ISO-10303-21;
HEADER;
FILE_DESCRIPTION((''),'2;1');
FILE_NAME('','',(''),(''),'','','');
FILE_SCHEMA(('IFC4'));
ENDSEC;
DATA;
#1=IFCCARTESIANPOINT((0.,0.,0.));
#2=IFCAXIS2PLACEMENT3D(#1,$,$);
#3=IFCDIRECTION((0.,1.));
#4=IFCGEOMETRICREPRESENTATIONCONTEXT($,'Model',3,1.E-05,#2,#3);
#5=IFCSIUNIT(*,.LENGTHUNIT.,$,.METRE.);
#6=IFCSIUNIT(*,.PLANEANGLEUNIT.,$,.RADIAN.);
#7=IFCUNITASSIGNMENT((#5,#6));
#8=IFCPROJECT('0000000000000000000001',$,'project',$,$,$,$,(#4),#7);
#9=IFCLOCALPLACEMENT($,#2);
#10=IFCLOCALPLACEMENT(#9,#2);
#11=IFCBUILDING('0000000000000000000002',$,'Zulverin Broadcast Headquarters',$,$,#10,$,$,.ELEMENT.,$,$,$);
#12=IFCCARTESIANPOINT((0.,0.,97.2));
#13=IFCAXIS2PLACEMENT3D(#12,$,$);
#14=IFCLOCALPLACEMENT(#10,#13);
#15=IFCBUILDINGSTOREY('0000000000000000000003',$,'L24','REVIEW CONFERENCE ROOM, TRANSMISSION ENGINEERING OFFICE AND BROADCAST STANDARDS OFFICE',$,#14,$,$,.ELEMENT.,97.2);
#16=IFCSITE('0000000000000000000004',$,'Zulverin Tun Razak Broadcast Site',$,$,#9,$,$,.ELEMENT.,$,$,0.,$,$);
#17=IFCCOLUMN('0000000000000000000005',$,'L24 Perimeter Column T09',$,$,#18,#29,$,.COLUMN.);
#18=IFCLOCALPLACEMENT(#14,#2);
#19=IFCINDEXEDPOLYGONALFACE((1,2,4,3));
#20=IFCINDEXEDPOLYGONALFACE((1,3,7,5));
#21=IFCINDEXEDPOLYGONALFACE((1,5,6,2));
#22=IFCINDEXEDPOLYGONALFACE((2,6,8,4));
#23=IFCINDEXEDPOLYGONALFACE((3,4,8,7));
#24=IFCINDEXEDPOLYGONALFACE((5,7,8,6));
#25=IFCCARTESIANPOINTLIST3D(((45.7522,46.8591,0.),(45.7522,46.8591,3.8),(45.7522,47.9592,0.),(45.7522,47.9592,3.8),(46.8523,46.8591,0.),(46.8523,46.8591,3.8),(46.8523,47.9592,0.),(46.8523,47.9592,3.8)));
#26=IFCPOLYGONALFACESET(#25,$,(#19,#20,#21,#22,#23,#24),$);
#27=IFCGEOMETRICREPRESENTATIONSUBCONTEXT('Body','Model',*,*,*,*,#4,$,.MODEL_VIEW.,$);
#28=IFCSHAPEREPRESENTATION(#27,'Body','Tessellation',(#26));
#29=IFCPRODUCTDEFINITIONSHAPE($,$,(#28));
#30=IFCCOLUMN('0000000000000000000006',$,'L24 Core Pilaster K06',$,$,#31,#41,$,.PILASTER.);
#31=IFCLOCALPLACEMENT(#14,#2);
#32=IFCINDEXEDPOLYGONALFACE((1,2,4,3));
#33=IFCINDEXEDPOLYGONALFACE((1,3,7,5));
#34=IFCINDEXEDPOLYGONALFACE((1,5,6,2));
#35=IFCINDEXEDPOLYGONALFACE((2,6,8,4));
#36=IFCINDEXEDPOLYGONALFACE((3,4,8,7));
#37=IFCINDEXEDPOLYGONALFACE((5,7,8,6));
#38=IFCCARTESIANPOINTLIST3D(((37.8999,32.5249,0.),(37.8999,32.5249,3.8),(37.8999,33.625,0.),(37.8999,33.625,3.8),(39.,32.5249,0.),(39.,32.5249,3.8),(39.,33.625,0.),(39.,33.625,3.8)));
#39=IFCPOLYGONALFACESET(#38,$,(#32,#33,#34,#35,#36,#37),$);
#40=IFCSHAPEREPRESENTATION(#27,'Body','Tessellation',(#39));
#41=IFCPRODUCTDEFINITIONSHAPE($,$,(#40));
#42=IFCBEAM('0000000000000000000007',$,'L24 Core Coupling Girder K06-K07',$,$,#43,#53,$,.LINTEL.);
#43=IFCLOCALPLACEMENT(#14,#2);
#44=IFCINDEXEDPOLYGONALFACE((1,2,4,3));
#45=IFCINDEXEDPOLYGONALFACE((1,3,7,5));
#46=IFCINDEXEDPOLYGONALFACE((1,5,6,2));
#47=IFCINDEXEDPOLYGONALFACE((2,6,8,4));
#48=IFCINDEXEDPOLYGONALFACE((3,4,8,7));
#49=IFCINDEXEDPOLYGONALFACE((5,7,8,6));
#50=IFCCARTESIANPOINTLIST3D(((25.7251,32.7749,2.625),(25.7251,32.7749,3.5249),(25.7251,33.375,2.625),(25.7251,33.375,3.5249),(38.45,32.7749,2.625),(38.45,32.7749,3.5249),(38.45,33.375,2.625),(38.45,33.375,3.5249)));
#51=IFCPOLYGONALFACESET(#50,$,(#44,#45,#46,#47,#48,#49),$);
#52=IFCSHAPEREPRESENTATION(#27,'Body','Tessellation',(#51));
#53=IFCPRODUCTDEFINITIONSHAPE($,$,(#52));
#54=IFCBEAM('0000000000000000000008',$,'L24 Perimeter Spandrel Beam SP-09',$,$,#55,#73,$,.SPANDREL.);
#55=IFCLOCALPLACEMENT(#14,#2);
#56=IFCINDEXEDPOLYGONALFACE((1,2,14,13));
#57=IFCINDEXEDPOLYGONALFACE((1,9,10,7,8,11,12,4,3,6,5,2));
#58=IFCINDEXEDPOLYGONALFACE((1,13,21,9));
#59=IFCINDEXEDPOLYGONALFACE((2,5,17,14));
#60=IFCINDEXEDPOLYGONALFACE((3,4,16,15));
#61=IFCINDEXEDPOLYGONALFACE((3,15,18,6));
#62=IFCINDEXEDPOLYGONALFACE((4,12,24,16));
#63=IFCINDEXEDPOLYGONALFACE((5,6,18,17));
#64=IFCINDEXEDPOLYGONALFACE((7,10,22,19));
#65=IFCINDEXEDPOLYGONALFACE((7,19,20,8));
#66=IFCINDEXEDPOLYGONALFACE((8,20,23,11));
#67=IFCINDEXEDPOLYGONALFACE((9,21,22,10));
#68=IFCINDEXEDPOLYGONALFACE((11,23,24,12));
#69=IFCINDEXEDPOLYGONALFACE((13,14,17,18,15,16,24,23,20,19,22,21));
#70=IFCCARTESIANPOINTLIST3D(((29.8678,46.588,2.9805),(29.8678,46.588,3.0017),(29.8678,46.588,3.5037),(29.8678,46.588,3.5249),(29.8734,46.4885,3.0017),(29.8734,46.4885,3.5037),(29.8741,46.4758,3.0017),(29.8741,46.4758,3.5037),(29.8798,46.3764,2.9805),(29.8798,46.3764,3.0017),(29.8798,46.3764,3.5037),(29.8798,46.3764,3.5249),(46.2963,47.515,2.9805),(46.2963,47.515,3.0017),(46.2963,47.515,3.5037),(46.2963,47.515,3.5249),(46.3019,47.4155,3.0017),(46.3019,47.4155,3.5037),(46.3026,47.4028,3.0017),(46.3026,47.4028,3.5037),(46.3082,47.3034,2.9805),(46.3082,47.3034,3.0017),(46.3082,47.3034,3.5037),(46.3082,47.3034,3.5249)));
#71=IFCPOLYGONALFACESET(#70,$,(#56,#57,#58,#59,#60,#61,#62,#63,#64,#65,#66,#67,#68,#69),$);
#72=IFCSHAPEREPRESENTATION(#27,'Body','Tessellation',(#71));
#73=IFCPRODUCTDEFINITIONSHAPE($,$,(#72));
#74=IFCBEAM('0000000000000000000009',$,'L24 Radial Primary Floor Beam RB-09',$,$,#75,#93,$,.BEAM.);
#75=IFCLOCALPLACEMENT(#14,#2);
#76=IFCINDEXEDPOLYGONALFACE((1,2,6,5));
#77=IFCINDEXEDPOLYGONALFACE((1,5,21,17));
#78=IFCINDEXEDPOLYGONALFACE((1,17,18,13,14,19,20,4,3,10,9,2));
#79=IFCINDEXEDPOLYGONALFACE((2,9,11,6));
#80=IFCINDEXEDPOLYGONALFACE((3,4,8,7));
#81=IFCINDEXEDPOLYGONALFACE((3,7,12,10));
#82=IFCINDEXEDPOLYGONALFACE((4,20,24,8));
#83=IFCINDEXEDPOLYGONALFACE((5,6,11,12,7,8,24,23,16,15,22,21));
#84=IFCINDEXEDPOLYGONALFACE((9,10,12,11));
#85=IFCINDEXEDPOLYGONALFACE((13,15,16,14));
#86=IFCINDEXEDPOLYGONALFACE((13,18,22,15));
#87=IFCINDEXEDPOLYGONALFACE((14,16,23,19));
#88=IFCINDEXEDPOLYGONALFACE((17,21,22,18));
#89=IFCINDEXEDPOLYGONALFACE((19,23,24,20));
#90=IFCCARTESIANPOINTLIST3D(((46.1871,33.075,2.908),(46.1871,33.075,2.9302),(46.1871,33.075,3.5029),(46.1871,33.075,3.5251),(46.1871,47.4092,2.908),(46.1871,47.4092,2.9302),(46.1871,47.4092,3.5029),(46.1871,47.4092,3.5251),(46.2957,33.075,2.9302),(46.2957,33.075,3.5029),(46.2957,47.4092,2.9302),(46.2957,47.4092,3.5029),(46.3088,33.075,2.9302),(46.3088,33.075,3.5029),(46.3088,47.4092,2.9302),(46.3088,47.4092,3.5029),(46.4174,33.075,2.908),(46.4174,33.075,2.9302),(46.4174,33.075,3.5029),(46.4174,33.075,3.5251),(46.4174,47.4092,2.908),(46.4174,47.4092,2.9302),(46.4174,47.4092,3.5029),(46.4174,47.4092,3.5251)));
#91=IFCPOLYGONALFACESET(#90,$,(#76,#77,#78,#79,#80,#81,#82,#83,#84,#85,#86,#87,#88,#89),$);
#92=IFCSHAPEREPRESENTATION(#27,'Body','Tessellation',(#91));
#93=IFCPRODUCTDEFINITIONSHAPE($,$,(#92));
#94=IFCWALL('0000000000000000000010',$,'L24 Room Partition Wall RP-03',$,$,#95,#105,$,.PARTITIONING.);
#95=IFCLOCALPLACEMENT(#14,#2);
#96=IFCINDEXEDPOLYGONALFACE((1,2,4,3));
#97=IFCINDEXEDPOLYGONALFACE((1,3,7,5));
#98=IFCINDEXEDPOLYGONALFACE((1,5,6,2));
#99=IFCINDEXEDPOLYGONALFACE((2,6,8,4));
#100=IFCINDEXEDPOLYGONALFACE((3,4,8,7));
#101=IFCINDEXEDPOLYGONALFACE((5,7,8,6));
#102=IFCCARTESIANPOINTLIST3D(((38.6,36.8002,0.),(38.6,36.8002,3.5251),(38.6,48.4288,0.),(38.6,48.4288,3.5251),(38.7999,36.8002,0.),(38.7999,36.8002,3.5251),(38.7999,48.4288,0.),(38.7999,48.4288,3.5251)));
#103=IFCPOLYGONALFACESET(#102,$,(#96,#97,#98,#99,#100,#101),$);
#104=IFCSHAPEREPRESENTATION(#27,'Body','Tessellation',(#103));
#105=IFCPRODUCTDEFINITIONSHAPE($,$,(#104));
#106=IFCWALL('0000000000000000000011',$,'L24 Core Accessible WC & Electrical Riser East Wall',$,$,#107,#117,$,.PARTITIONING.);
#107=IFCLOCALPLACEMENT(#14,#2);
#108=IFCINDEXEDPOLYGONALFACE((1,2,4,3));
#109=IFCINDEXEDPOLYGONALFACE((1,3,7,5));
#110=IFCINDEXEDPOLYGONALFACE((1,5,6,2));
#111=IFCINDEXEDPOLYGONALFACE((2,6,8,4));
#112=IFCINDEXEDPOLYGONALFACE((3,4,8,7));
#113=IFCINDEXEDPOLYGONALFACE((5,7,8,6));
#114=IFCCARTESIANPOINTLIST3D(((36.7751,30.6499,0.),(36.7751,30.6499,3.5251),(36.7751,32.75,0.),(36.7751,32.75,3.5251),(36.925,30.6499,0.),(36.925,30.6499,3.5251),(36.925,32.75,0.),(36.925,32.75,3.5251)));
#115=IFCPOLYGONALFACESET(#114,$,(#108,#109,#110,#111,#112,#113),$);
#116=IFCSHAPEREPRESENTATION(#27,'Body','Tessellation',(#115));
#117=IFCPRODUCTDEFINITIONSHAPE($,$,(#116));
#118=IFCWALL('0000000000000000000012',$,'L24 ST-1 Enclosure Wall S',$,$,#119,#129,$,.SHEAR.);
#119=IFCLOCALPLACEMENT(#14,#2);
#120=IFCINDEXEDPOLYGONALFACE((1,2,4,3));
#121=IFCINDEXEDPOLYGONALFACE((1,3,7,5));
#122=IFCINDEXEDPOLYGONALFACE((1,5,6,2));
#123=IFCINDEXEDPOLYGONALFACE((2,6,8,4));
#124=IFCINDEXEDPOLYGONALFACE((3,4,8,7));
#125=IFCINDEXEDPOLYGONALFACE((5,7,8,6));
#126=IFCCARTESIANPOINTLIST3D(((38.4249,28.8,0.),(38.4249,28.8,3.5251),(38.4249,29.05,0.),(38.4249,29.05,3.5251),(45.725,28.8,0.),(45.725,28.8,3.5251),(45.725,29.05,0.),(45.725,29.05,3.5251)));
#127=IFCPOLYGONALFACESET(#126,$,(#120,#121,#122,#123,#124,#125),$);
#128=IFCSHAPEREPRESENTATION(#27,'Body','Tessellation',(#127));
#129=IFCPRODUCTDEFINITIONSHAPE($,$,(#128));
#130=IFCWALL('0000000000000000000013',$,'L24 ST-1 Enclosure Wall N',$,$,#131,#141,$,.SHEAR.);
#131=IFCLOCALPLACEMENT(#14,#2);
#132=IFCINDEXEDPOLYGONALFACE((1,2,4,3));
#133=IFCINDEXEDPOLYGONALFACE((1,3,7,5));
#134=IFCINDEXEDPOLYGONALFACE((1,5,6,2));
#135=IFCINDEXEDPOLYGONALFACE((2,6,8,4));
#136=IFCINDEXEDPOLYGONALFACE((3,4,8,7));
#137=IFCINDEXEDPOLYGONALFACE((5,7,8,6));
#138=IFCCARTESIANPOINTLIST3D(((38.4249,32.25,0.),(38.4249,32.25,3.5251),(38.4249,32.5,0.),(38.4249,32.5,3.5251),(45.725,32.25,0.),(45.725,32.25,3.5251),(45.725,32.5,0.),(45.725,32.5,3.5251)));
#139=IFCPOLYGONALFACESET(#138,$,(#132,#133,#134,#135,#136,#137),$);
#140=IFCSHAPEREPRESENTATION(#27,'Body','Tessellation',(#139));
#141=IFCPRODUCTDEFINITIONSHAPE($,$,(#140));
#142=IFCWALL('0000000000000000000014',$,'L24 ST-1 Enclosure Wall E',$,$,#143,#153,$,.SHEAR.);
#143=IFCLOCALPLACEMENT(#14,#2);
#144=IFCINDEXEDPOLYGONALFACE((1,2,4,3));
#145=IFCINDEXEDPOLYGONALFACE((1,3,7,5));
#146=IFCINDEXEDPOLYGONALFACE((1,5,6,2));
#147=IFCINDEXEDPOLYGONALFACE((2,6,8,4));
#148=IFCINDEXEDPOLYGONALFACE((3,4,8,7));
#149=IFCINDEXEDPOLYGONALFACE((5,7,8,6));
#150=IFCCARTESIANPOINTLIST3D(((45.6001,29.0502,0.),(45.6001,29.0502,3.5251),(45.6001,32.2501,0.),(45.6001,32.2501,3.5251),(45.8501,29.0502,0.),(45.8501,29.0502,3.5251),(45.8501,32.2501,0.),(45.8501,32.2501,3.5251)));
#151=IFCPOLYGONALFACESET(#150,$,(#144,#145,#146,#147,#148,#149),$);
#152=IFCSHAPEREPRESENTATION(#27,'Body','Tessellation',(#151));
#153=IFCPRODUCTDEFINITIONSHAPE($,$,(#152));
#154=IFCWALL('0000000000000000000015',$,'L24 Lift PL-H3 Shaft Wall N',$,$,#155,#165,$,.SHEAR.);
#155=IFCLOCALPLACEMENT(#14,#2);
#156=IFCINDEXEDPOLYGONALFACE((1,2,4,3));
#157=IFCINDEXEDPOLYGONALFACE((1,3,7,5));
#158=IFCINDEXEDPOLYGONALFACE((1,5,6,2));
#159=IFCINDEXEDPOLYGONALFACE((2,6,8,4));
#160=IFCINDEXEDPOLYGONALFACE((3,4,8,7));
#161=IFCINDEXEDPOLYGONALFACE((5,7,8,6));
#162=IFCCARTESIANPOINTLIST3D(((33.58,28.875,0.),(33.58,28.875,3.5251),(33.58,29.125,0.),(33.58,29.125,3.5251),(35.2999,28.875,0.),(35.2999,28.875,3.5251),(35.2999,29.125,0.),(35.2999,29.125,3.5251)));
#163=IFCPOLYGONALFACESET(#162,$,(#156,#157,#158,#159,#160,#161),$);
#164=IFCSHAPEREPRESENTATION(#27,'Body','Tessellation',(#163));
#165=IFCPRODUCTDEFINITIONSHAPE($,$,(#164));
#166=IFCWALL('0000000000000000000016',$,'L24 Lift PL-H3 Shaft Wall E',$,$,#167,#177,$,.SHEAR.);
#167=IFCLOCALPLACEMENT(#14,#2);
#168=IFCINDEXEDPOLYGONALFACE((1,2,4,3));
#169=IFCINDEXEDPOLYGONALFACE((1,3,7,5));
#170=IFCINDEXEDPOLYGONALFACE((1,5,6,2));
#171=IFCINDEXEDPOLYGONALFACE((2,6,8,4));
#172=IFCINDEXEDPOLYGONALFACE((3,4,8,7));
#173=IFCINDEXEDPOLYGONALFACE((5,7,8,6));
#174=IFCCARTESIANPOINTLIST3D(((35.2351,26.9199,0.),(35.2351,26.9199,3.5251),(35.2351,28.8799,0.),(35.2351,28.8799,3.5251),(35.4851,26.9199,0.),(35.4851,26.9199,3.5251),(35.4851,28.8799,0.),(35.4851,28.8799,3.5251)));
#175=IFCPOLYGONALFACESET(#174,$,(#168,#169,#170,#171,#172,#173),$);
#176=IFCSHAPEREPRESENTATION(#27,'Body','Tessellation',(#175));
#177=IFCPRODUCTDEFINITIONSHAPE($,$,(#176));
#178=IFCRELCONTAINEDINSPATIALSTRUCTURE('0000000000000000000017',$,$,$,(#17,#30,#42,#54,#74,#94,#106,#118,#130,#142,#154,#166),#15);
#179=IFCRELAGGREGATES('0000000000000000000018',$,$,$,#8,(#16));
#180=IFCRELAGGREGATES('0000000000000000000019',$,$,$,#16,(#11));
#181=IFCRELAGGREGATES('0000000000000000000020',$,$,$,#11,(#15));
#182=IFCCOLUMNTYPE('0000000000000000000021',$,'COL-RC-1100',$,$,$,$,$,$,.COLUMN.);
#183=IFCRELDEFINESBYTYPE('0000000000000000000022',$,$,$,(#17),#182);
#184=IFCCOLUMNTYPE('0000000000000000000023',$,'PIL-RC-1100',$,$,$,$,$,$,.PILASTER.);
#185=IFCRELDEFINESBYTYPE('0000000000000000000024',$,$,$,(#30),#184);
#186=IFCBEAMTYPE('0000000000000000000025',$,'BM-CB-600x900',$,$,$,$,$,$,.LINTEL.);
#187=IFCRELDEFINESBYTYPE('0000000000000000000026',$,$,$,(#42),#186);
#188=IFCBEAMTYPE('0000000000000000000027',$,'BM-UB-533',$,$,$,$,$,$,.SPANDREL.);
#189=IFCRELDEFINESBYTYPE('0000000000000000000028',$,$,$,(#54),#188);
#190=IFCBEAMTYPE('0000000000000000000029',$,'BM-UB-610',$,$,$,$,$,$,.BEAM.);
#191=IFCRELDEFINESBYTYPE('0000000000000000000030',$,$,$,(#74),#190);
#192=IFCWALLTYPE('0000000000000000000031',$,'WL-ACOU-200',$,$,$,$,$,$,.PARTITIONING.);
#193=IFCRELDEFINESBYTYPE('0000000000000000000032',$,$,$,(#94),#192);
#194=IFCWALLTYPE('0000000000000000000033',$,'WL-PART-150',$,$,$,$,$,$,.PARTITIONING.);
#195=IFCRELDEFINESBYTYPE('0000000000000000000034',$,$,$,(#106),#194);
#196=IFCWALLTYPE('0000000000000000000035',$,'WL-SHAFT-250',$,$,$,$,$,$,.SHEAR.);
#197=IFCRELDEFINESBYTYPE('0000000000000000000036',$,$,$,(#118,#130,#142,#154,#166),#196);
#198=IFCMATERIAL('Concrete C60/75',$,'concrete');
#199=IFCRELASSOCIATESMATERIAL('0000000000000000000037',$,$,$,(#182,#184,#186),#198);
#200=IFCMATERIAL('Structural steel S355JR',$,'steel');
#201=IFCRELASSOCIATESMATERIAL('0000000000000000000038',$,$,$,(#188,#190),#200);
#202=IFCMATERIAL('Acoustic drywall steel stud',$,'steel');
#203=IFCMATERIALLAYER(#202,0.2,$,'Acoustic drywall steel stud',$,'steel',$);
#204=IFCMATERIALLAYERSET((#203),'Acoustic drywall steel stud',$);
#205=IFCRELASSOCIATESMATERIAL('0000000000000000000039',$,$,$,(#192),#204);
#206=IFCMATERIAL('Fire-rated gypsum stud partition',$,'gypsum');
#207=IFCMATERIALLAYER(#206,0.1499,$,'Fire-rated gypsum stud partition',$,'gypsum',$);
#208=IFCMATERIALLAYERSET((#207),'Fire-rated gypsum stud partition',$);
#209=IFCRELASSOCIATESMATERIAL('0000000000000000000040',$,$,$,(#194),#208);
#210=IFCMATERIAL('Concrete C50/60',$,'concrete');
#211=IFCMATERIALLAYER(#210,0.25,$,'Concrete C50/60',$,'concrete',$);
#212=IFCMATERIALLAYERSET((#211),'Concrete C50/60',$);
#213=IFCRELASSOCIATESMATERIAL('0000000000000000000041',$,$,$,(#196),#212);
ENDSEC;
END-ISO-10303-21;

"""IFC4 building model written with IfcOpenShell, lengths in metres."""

from ifc_helpers import new_model, si_unit, direction, frame, frame_2d, origin, origin_2d, place, context, subcontext, project, spatial, rectangle, i_section, extrude, material, layer, layer_set, material_profile, profile_set, type_object, element, save


model = new_model("IFC4")

# Units and contexts
model_context = context("Model", 3, precision=1e-05, world=origin(), true_north=direction((0.0, 1.0)))
body_context = subcontext(model_context, "Body", "Model", "MODEL_VIEW")
ifc_project = project(units=[si_unit("LENGTHUNIT", "METRE"), si_unit("PLANEANGLEUNIT", "RADIAN")], contexts=[model_context])

# Site, building, storey
site_placement = place(None, origin())
site = spatial("IfcSite", under=ifc_project, at=site_placement, Name="Zulverin Tun Razak Broadcast Site", CompositionType="ELEMENT", RefElevation=0.0)
building_placement = place(site_placement, origin())
building = spatial("IfcBuilding", under=site, at=building_placement, Name="Zulverin Broadcast Headquarters", CompositionType="ELEMENT")
storey_placement = place(building_placement, frame((0.0, 0.0, 97.2)))
storey = spatial("IfcBuildingStorey", under=building, at=storey_placement, Name="L24", Description="REVIEW CONFERENCE ROOM, TRANSMISSION ENGINEERING OFFICE AND BROADCAST STANDARDS OFFICE", CompositionType="ELEMENT", Elevation=97.2)

# Columns
ifc_material_1 = material(Name="Concrete C60/75", Category="concrete")
ifc_material_profile_1 = material_profile(ifc_material_1, rectangle(XDim=1.1001, YDim=1.1001, at=origin_2d()), Name="Concrete C60/75", Category="concrete")
ifc_profile_set_1 = profile_set([ifc_material_profile_1], Name="Concrete C60/75")
column_type_1 = type_object("IfcColumnType", Name="COL-RC-1100", PredefinedType="COLUMN", material=ifc_profile_set_1)
column_1_placement = place(storey_placement, frame((46.3022, 47.4092, 0.0), z_axis=(0.0, 0.0, 1.0), x_axis=(1.0, 0.0, 0.0)))
element("IfcColumn", 1, at=column_1_placement, inside=storey, type_object=column_type_1, Name="L24 Perimeter Column T09", PredefinedType="COLUMN", context=body_context, shape_type="SweptSolid", body=[
    extrude(rectangle(XDim=1.1001, YDim=1.1001, at=origin_2d()), origin(), (0.0, 0.0, 1.0), 3.8),
])
ifc_material_profile_2 = material_profile(ifc_material_1, rectangle(XDim=1.1001, YDim=1.1001, at=origin_2d()), Name="Concrete C60/75", Category="concrete")
ifc_profile_set_2 = profile_set([ifc_material_profile_2], Name="Concrete C60/75")
column_type_2 = type_object("IfcColumnType", Name="PIL-RC-1100", PredefinedType="PILASTER", material=ifc_profile_set_2)
column_2_placement = place(storey_placement, frame((38.45, 33.075, 0.0), z_axis=(0.0, 0.0, 1.0), x_axis=(1.0, 0.0, 0.0)))
element("IfcColumn", 2, at=column_2_placement, inside=storey, type_object=column_type_2, Name="L24 Core Pilaster K06", PredefinedType="PILASTER", context=body_context, shape_type="SweptSolid", body=[
    extrude(rectangle(XDim=1.1001, YDim=1.1001, at=origin_2d()), origin(), (0.0, 0.0, 1.0), 3.8),
])

# Beams
ifc_material_profile_3 = material_profile(ifc_material_1, rectangle(XDim=0.6001, YDim=0.8999, at=origin_2d()), Name="Concrete C60/75", Category="concrete")
ifc_profile_set_3 = profile_set([ifc_material_profile_3], Name="Concrete C60/75")
beam_type_1 = type_object("IfcBeamType", Name="BM-CB-600x900", PredefinedType="LINTEL", material=ifc_profile_set_3)
beam_1_placement = place(storey_placement, frame((38.45, 33.075, 3.075), z_axis=(-1.0, 0.0, 0.0), x_axis=(0.0, -1.0, 0.0)))
element("IfcBeam", 3, at=beam_1_placement, inside=storey, type_object=beam_type_1, Name="L24 Core Coupling Girder K06-K07", PredefinedType="LINTEL", context=body_context, shape_type="SweptSolid", body=[
    extrude(rectangle(XDim=0.6001, YDim=0.8999, at=origin_2d()), origin(), (0.0, 0.0, 1.0), 12.7249),
])
ifc_material_2 = material(Name="Structural steel S355JR", Category="steel")
ifc_material_profile_4 = material_profile(ifc_material_2, i_section(OverallWidth=0.2119, OverallDepth=0.5444, WebThickness=0.0127, FlangeThickness=0.0212, at=origin_2d()), Name="Structural steel S355JR", Category="steel")
ifc_profile_set_4 = profile_set([ifc_material_profile_4], Name="Structural steel S355JR")
beam_type_2 = type_object("IfcBeamType", Name="BM-UB-533", PredefinedType="SPANDREL", material=ifc_profile_set_4)
beam_2_placement = place(storey_placement, frame((46.3022, 47.4092, 3.2527), z_axis=(-0.998412, -0.056337, 0.0), x_axis=(0.056337, -0.998412, 0.0)))
element("IfcBeam", 4, at=beam_2_placement, inside=storey, type_object=beam_type_2, Name="L24 Perimeter Spandrel Beam SP-09", PredefinedType="SPANDREL", context=body_context, shape_type="SweptSolid", body=[
    extrude(i_section(OverallWidth=0.2119, OverallDepth=0.5444, WebThickness=0.0127, FlangeThickness=0.0212, at=origin_2d()), origin(), (0.0, 0.0, 1.0), 16.4546),
])
ifc_material_profile_5 = material_profile(ifc_material_2, i_section(OverallWidth=0.2302, OverallDepth=0.6172, WebThickness=0.0132, FlangeThickness=0.0222, at=origin_2d()), Name="Structural steel S355JR", Category="steel")
ifc_profile_set_5 = profile_set([ifc_material_profile_5], Name="Structural steel S355JR")
beam_type_3 = type_object("IfcBeamType", Name="BM-UB-610", PredefinedType="BEAM", material=ifc_profile_set_5)
beam_3_placement = place(storey_placement, frame((46.3022, 33.075, 3.2166), z_axis=(0.0, 1.0, 0.0), x_axis=(-1.0, 0.0, 0.0)))
element("IfcBeam", 5, at=beam_3_placement, inside=storey, type_object=beam_type_3, Name="L24 Radial Primary Floor Beam RB-09", PredefinedType="BEAM", context=body_context, shape_type="SweptSolid", body=[
    extrude(i_section(OverallWidth=0.2302, OverallDepth=0.6172, WebThickness=0.0132, FlangeThickness=0.0222, at=origin_2d()), origin(), (0.0, 0.0, 1.0), 14.3342),
])

# Walls
ifc_material_3 = material(Name="Acoustic drywall steel stud", Category="steel")
ifc_layer_1 = layer(ifc_material_3, 0.2, Name="Acoustic drywall steel stud", Category="steel")
ifc_layer_set_1 = layer_set([ifc_layer_1], Name="Acoustic drywall steel stud")
wall_type_1 = type_object("IfcWallType", Name="WL-ACOU-200", PredefinedType="PARTITIONING", material=ifc_layer_set_1)
wall_1_placement = place(storey_placement, frame((38.7, 36.8, 0.0), z_axis=(0.0, 0.0, 1.0), x_axis=(0.0, 1.0, 0.0)))
element("IfcWall", 6, at=wall_1_placement, inside=storey, type_object=wall_type_1, Name="L24 Room Partition Wall RP-03", PredefinedType="PARTITIONING", context=body_context, shape_type="SweptSolid", body=[
    extrude(rectangle(XDim=11.6287, YDim=0.2, at=frame_2d((5.8145, 0.0))), origin(), (0.0, 0.0, 1.0), 3.5251),
])
ifc_material_4 = material(Name="Fire-rated gypsum stud partition", Category="gypsum")
ifc_layer_2 = layer(ifc_material_4, 0.1499, Name="Fire-rated gypsum stud partition", Category="gypsum")
ifc_layer_set_2 = layer_set([ifc_layer_2], Name="Fire-rated gypsum stud partition")
wall_type_2 = type_object("IfcWallType", Name="WL-PART-150", PredefinedType="PARTITIONING", material=ifc_layer_set_2)
wall_2_placement = place(storey_placement, frame((36.8501, 30.6499, 0.0), z_axis=(0.0, 0.0, 1.0), x_axis=(0.0, 1.0, 0.0)))
element("IfcWall", 7, at=wall_2_placement, inside=storey, type_object=wall_type_2, Name="L24 Core Accessible WC & Electrical Riser East Wall", PredefinedType="PARTITIONING", context=body_context, shape_type="SweptSolid", body=[
    extrude(rectangle(XDim=2.1001, YDim=0.1499, at=frame_2d((1.05, 0.0))), origin(), (0.0, 0.0, 1.0), 3.5251),
])
ifc_material_5 = material(Name="Concrete C50/60", Category="concrete")
ifc_layer_3 = layer(ifc_material_5, 0.25, Name="Concrete C50/60", Category="concrete")
ifc_layer_set_3 = layer_set([ifc_layer_3], Name="Concrete C50/60")
wall_type_3 = type_object("IfcWallType", Name="WL-SHAFT-250", PredefinedType="SHEAR", material=ifc_layer_set_3)
for number, where, z_axis, x_axis, name in (
    (8, (38.425, 28.925, 0.0), (0.0, 0.0, 1.0), (1.0, 0.0, 0.0), "L24 ST-1 Enclosure Wall S"),
    (9, (38.425, 32.375, 0.0), (0.0, 0.0, 1.0), (1.0, 0.0, 0.0), "L24 ST-1 Enclosure Wall N"),
):
    element("IfcWall", number, at=place(storey_placement, frame(where, z_axis=z_axis, x_axis=x_axis)), inside=storey, type_object=wall_type_3, Name=name, PredefinedType="SHEAR", context=body_context, shape_type="SweptSolid", body=[
        extrude(rectangle(XDim=7.3, YDim=0.25, at=frame_2d((3.6499, 0.0))), origin(), (0.0, 0.0, 1.0), 3.5251),
    ])

# Walls
wall_3_placement = place(storey_placement, frame((45.7251, 29.05, 0.0), z_axis=(0.0, 0.0, 1.0), x_axis=(0.0, 1.0, 0.0)))
element("IfcWall", 10, at=wall_3_placement, inside=storey, type_object=wall_type_3, Name="L24 ST-1 Enclosure Wall E", PredefinedType="SHEAR", context=body_context, shape_type="SweptSolid", body=[
    extrude(rectangle(XDim=3.2, YDim=0.25, at=frame_2d((1.6001, 0.0))), origin(), (0.0, 0.0, 1.0), 3.5251),
])
wall_4_placement = place(storey_placement, frame((33.5801, 29.0, 0.0), z_axis=(0.0, 0.0, 1.0), x_axis=(1.0, 0.0, 0.0)))
element("IfcWall", 11, at=wall_4_placement, inside=storey, type_object=wall_type_3, Name="L24 Lift PL-H3 Shaft Wall N", PredefinedType="SHEAR", context=body_context, shape_type="SweptSolid", body=[
    extrude(rectangle(XDim=1.72, YDim=0.25, at=frame_2d((0.8599, 0.0))), origin(), (0.0, 0.0, 1.0), 3.5251),
])
wall_5_placement = place(storey_placement, frame((35.3601, 26.9199, 0.0), z_axis=(0.0, 0.0, 1.0), x_axis=(0.0, 1.0, 0.0)))
element("IfcWall", 12, at=wall_5_placement, inside=storey, type_object=wall_type_3, Name="L24 Lift PL-H3 Shaft Wall E", PredefinedType="SHEAR", context=body_context, shape_type="SweptSolid", body=[
    extrude(rectangle(XDim=1.96, YDim=0.25, at=frame_2d((0.98, 0.0))), origin(), (0.0, 0.0, 1.0), 3.5251),
])

save(model, "model.ifc")
